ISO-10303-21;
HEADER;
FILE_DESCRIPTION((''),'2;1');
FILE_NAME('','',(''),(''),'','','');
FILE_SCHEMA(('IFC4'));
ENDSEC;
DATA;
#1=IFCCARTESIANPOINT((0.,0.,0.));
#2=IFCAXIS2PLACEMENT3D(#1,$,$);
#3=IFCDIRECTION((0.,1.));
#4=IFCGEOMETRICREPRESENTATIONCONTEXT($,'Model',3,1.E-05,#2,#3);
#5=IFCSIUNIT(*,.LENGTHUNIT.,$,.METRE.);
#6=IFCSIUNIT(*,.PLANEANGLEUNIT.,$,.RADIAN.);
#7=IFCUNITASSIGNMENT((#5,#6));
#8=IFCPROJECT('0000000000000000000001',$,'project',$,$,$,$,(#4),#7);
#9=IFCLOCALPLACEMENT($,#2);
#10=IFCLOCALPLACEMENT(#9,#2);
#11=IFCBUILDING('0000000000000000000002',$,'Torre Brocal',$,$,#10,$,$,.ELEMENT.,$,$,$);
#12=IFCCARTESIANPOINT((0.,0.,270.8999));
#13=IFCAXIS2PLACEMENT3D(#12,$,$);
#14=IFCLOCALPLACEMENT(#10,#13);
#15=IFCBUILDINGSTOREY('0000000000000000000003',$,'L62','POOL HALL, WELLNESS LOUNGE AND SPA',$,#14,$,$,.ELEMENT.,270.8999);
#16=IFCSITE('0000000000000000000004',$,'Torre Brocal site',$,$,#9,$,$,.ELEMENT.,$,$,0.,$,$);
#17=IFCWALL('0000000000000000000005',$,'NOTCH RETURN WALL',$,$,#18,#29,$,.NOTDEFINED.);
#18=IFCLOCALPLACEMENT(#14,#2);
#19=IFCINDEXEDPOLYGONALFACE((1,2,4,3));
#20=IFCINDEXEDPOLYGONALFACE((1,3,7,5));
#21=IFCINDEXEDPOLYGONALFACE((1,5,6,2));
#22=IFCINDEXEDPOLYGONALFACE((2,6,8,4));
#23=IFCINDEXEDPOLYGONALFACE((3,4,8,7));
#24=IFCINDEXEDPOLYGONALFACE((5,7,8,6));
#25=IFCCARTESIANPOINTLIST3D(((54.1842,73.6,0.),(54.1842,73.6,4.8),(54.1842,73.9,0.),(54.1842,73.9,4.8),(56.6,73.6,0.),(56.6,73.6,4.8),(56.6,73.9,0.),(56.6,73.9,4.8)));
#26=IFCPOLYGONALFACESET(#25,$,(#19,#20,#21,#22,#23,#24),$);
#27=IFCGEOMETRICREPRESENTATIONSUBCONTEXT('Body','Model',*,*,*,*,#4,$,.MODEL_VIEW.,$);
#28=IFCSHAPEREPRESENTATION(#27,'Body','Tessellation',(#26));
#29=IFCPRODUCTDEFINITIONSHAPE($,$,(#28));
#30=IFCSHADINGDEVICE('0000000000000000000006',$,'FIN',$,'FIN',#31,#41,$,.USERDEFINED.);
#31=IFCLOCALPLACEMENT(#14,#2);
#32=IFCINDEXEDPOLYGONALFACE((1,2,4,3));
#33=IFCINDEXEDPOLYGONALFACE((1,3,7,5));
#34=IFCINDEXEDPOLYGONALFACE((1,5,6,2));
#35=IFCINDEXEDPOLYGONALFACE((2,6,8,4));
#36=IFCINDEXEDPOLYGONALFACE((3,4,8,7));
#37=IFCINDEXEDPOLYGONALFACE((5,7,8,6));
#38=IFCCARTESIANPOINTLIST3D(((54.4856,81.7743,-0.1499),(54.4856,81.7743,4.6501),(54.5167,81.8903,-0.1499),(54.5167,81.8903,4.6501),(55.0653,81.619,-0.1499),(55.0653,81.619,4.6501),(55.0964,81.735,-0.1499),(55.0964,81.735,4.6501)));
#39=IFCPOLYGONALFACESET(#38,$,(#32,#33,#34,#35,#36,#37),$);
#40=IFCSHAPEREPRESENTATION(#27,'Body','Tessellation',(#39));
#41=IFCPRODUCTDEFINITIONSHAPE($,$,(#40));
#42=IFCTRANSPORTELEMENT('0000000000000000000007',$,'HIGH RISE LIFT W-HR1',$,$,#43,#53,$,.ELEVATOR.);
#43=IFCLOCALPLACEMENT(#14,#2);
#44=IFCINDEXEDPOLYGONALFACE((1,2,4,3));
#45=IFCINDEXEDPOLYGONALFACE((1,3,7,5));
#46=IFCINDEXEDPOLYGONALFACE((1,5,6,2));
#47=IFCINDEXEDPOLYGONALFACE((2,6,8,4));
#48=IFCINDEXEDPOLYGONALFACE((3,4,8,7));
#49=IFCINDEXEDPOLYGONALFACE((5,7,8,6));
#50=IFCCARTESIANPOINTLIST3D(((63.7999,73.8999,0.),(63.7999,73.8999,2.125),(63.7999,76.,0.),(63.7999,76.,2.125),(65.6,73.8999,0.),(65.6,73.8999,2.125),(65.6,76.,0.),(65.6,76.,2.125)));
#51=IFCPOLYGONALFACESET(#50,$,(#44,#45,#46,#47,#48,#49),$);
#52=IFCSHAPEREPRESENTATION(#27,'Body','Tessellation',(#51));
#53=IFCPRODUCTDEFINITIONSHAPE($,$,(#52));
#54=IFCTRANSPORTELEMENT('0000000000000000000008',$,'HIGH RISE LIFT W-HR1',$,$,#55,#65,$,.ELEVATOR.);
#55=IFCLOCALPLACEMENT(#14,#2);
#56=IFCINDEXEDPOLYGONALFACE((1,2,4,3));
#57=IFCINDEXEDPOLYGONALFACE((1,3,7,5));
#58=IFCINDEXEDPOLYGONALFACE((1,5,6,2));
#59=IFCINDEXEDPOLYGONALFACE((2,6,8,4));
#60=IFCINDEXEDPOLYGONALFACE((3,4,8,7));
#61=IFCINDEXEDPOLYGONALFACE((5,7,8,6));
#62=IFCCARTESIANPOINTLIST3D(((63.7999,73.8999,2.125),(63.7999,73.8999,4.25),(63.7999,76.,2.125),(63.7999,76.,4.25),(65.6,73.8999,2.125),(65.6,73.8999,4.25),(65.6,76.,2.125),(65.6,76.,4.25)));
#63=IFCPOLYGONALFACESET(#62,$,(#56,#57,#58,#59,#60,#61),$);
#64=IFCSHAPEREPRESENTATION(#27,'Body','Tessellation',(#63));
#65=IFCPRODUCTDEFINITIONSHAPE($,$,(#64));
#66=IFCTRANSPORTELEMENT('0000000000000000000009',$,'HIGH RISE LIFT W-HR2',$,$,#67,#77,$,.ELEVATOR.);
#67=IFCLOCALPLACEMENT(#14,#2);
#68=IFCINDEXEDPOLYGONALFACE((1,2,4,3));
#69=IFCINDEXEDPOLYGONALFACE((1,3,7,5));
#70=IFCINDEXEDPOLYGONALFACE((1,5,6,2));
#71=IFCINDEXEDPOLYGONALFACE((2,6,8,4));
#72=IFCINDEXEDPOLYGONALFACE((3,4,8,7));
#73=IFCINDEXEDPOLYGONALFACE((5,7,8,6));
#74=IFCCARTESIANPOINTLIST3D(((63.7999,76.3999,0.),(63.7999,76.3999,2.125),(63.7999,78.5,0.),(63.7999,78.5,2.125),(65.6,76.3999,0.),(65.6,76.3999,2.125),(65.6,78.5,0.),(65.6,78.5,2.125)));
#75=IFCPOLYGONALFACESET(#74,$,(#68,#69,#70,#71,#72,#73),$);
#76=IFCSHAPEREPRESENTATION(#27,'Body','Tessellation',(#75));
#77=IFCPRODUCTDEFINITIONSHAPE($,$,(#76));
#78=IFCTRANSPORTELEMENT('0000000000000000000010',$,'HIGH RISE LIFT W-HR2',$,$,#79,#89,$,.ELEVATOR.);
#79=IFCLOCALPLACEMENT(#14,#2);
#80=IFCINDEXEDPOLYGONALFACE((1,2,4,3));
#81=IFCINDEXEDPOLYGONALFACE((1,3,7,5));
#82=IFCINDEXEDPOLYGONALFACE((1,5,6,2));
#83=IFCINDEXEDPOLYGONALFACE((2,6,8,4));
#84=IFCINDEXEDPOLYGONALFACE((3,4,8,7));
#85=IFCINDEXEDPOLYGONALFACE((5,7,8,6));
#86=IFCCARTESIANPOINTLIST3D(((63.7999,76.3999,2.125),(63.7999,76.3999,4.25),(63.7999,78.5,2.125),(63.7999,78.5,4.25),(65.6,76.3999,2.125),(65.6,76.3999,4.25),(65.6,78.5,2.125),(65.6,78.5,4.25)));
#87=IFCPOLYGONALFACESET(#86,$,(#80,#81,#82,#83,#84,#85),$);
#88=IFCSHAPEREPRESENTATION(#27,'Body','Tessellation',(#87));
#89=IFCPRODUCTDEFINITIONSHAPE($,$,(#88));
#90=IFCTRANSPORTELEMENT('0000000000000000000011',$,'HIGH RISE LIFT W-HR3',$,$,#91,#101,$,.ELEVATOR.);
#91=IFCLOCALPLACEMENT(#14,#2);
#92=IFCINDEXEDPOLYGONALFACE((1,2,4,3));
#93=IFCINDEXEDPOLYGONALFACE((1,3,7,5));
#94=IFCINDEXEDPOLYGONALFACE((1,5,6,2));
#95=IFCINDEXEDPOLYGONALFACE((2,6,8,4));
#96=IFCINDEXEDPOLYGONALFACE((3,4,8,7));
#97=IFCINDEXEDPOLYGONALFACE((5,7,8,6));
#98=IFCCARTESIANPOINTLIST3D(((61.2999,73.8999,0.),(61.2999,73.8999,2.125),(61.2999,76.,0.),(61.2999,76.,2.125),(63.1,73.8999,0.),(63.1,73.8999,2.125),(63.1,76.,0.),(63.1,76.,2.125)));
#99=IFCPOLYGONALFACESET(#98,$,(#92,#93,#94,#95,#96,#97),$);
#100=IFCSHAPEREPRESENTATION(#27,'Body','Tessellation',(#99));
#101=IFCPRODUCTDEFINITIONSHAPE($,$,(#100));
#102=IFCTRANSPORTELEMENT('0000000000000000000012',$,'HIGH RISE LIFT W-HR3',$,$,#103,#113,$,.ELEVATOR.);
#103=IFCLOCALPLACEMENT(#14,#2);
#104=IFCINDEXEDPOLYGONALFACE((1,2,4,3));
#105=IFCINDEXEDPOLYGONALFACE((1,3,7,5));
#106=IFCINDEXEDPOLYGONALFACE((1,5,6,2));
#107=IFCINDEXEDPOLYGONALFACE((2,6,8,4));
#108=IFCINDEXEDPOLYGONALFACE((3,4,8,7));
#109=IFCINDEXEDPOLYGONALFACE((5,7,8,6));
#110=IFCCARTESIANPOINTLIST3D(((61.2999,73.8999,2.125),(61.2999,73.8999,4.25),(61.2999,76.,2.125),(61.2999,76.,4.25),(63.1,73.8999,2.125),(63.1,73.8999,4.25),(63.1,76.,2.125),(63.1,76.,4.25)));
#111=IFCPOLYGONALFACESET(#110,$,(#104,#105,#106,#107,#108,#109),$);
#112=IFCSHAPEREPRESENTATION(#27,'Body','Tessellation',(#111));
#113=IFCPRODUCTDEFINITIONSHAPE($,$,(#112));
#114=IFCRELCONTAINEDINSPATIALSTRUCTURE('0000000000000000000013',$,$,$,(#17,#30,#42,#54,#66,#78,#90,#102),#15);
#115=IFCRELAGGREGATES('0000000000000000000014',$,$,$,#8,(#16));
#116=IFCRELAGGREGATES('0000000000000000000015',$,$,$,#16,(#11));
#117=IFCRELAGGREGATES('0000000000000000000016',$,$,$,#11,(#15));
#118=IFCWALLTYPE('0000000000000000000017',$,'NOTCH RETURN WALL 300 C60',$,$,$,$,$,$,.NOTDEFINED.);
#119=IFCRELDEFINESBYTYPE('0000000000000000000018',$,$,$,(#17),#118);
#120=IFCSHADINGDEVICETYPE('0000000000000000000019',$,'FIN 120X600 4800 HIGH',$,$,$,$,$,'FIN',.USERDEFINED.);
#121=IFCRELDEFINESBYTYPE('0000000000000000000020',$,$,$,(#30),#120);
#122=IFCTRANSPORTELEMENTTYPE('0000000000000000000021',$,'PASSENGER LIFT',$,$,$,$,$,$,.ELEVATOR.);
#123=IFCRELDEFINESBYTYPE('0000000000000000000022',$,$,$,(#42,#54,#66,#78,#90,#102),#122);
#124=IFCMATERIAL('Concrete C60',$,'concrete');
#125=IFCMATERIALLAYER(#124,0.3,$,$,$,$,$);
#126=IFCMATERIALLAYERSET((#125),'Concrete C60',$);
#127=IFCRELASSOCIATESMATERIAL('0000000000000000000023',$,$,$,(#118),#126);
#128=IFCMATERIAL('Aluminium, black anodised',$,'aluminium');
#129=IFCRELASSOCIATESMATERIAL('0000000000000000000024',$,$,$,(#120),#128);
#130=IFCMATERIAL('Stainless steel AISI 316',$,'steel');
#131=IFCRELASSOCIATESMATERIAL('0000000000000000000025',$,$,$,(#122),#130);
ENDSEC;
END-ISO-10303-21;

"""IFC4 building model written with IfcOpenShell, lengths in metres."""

from ifc_helpers import new_model, si_unit, direction, frame, frame_2d, origin, origin_2d, place, context, subcontext, project, spatial, rectangle, extrude, material, layer, layer_set, material_profile, profile_set, type_object, element, save


model = new_model("IFC4")

# Units and contexts
model_context = context("Model", 3, precision=1e-05, world=origin(), true_north=direction((0.0, 1.0)))
body_context = subcontext(model_context, "Body", "Model", "MODEL_VIEW")
ifc_project = project(units=[si_unit("LENGTHUNIT", "METRE"), si_unit("PLANEANGLEUNIT", "RADIAN")], contexts=[model_context])

# Site, building, storey
site_placement = place(None, origin())
site = spatial("IfcSite", under=ifc_project, at=site_placement, Name="Torre Brocal site", CompositionType="ELEMENT", RefElevation=0.0)
building_placement = place(site_placement, origin())
building = spatial("IfcBuilding", under=site, at=building_placement, Name="Torre Brocal", CompositionType="ELEMENT")
storey_placement = place(building_placement, frame((0.0, 0.0, 270.8999)))
storey = spatial("IfcBuildingStorey", under=building, at=storey_placement, Name="L62", Description="POOL HALL, WELLNESS LOUNGE AND SPA", CompositionType="ELEMENT", Elevation=270.8999)

# Wall
ifc_material_1 = material(Name="Concrete C60", Category="concrete")
ifc_layer_1 = layer(ifc_material_1, 0.3)
ifc_layer_set_1 = layer_set([ifc_layer_1], Name="Concrete C60")
wall_type_1 = type_object("IfcWallType", Name="NOTCH RETURN WALL 300 C60", PredefinedType="NOTDEFINED", material=ifc_layer_set_1)
for number, where, z_axis, x_axis, name in (
    (1, (56.6001, 73.75, 0.0), (0.0, 0.0, 1.0), (-1.0, 0.0, 0.0), "NOTCH RETURN WALL"),
):
    element("IfcWall", number, at=place(storey_placement, frame(where, z_axis=z_axis, x_axis=x_axis)), inside=storey, type_object=wall_type_1, Name=name, PredefinedType="NOTDEFINED", context=body_context, shape_type="SweptSolid", body=[
        extrude(rectangle(XDim=2.4158, YDim=0.3, at=frame_2d((1.208, 0.0))), origin(), (0.0, 0.0, 1.0), 4.8),
    ])

# Shading device
ifc_material_2 = material(Name="Aluminium, black anodised", Category="aluminium")
ifc_material_profile_1 = material_profile(ifc_material_2, rectangle(XDim=0.1201, YDim=0.6001, at=origin_2d()), Name="FIN 120X600 4800 HIGH")
ifc_profile_set_1 = profile_set([ifc_material_profile_1], Name="Aluminium, black anodised")
shading_device_type = type_object("IfcShadingDeviceType", Name="FIN 120X600 4800 HIGH", ElementType="FIN", PredefinedType="USERDEFINED", material=ifc_profile_set_1)
shading_device_placement = place(storey_placement, frame((54.791, 81.7546, -0.1499), z_axis=(0.0, 0.0, 1.0), x_axis=(-0.258819, -0.965926, 0.0)))
element("IfcShadingDevice", 2, at=shading_device_placement, inside=storey, type_object=shading_device_type, Name="FIN", ObjectType="FIN", PredefinedType="USERDEFINED", context=body_context, shape_type="SweptSolid", body=[
    extrude(rectangle(XDim=0.1201, YDim=0.6001, at=origin_2d()), origin(), (0.0, 0.0, 1.0), 4.8),
])

# Transport elements
ifc_material_3 = material(Name="Stainless steel AISI 316", Category="steel")
transport_element_type = type_object("IfcTransportElementType", Name="PASSENGER LIFT", PredefinedType="ELEVATOR", material=ifc_material_3)
for number, where, z_axis, x_axis, name in (
    (3, (64.7, 74.95, 0.0), (0.0, 0.0, 1.0), (1.0, 0.0, 0.0), "HIGH RISE LIFT W-HR1"),
    (4, (64.7, 74.95, 2.125), (0.0, 0.0, 1.0), (1.0, 0.0, 0.0), "HIGH RISE LIFT W-HR1"),
    (5, (64.7, 77.45, 0.0), (0.0, 0.0, 1.0), (1.0, 0.0, 0.0), "HIGH RISE LIFT W-HR2"),
    (6, (64.7, 77.45, 2.125), (0.0, 0.0, 1.0), (1.0, 0.0, 0.0), "HIGH RISE LIFT W-HR2"),
    (7, (62.2, 74.95, 0.0), (0.0, 0.0, 1.0), (1.0, 0.0, 0.0), "HIGH RISE LIFT W-HR3"),
    (8, (62.2, 74.95, 2.125), (0.0, 0.0, 1.0), (1.0, 0.0, 0.0), "HIGH RISE LIFT W-HR3"),
):
    element("IfcTransportElement", number, at=place(storey_placement, frame(where, z_axis=z_axis, x_axis=x_axis)), inside=storey, type_object=transport_element_type, Name=name, PredefinedType="ELEVATOR", context=body_context, shape_type="SweptSolid", body=[
        extrude(rectangle(XDim=1.8, YDim=2.1001, at=origin_2d()), origin(), (0.0, 0.0, 1.0), 2.125),
    ])

save(model, "model.ifc")
